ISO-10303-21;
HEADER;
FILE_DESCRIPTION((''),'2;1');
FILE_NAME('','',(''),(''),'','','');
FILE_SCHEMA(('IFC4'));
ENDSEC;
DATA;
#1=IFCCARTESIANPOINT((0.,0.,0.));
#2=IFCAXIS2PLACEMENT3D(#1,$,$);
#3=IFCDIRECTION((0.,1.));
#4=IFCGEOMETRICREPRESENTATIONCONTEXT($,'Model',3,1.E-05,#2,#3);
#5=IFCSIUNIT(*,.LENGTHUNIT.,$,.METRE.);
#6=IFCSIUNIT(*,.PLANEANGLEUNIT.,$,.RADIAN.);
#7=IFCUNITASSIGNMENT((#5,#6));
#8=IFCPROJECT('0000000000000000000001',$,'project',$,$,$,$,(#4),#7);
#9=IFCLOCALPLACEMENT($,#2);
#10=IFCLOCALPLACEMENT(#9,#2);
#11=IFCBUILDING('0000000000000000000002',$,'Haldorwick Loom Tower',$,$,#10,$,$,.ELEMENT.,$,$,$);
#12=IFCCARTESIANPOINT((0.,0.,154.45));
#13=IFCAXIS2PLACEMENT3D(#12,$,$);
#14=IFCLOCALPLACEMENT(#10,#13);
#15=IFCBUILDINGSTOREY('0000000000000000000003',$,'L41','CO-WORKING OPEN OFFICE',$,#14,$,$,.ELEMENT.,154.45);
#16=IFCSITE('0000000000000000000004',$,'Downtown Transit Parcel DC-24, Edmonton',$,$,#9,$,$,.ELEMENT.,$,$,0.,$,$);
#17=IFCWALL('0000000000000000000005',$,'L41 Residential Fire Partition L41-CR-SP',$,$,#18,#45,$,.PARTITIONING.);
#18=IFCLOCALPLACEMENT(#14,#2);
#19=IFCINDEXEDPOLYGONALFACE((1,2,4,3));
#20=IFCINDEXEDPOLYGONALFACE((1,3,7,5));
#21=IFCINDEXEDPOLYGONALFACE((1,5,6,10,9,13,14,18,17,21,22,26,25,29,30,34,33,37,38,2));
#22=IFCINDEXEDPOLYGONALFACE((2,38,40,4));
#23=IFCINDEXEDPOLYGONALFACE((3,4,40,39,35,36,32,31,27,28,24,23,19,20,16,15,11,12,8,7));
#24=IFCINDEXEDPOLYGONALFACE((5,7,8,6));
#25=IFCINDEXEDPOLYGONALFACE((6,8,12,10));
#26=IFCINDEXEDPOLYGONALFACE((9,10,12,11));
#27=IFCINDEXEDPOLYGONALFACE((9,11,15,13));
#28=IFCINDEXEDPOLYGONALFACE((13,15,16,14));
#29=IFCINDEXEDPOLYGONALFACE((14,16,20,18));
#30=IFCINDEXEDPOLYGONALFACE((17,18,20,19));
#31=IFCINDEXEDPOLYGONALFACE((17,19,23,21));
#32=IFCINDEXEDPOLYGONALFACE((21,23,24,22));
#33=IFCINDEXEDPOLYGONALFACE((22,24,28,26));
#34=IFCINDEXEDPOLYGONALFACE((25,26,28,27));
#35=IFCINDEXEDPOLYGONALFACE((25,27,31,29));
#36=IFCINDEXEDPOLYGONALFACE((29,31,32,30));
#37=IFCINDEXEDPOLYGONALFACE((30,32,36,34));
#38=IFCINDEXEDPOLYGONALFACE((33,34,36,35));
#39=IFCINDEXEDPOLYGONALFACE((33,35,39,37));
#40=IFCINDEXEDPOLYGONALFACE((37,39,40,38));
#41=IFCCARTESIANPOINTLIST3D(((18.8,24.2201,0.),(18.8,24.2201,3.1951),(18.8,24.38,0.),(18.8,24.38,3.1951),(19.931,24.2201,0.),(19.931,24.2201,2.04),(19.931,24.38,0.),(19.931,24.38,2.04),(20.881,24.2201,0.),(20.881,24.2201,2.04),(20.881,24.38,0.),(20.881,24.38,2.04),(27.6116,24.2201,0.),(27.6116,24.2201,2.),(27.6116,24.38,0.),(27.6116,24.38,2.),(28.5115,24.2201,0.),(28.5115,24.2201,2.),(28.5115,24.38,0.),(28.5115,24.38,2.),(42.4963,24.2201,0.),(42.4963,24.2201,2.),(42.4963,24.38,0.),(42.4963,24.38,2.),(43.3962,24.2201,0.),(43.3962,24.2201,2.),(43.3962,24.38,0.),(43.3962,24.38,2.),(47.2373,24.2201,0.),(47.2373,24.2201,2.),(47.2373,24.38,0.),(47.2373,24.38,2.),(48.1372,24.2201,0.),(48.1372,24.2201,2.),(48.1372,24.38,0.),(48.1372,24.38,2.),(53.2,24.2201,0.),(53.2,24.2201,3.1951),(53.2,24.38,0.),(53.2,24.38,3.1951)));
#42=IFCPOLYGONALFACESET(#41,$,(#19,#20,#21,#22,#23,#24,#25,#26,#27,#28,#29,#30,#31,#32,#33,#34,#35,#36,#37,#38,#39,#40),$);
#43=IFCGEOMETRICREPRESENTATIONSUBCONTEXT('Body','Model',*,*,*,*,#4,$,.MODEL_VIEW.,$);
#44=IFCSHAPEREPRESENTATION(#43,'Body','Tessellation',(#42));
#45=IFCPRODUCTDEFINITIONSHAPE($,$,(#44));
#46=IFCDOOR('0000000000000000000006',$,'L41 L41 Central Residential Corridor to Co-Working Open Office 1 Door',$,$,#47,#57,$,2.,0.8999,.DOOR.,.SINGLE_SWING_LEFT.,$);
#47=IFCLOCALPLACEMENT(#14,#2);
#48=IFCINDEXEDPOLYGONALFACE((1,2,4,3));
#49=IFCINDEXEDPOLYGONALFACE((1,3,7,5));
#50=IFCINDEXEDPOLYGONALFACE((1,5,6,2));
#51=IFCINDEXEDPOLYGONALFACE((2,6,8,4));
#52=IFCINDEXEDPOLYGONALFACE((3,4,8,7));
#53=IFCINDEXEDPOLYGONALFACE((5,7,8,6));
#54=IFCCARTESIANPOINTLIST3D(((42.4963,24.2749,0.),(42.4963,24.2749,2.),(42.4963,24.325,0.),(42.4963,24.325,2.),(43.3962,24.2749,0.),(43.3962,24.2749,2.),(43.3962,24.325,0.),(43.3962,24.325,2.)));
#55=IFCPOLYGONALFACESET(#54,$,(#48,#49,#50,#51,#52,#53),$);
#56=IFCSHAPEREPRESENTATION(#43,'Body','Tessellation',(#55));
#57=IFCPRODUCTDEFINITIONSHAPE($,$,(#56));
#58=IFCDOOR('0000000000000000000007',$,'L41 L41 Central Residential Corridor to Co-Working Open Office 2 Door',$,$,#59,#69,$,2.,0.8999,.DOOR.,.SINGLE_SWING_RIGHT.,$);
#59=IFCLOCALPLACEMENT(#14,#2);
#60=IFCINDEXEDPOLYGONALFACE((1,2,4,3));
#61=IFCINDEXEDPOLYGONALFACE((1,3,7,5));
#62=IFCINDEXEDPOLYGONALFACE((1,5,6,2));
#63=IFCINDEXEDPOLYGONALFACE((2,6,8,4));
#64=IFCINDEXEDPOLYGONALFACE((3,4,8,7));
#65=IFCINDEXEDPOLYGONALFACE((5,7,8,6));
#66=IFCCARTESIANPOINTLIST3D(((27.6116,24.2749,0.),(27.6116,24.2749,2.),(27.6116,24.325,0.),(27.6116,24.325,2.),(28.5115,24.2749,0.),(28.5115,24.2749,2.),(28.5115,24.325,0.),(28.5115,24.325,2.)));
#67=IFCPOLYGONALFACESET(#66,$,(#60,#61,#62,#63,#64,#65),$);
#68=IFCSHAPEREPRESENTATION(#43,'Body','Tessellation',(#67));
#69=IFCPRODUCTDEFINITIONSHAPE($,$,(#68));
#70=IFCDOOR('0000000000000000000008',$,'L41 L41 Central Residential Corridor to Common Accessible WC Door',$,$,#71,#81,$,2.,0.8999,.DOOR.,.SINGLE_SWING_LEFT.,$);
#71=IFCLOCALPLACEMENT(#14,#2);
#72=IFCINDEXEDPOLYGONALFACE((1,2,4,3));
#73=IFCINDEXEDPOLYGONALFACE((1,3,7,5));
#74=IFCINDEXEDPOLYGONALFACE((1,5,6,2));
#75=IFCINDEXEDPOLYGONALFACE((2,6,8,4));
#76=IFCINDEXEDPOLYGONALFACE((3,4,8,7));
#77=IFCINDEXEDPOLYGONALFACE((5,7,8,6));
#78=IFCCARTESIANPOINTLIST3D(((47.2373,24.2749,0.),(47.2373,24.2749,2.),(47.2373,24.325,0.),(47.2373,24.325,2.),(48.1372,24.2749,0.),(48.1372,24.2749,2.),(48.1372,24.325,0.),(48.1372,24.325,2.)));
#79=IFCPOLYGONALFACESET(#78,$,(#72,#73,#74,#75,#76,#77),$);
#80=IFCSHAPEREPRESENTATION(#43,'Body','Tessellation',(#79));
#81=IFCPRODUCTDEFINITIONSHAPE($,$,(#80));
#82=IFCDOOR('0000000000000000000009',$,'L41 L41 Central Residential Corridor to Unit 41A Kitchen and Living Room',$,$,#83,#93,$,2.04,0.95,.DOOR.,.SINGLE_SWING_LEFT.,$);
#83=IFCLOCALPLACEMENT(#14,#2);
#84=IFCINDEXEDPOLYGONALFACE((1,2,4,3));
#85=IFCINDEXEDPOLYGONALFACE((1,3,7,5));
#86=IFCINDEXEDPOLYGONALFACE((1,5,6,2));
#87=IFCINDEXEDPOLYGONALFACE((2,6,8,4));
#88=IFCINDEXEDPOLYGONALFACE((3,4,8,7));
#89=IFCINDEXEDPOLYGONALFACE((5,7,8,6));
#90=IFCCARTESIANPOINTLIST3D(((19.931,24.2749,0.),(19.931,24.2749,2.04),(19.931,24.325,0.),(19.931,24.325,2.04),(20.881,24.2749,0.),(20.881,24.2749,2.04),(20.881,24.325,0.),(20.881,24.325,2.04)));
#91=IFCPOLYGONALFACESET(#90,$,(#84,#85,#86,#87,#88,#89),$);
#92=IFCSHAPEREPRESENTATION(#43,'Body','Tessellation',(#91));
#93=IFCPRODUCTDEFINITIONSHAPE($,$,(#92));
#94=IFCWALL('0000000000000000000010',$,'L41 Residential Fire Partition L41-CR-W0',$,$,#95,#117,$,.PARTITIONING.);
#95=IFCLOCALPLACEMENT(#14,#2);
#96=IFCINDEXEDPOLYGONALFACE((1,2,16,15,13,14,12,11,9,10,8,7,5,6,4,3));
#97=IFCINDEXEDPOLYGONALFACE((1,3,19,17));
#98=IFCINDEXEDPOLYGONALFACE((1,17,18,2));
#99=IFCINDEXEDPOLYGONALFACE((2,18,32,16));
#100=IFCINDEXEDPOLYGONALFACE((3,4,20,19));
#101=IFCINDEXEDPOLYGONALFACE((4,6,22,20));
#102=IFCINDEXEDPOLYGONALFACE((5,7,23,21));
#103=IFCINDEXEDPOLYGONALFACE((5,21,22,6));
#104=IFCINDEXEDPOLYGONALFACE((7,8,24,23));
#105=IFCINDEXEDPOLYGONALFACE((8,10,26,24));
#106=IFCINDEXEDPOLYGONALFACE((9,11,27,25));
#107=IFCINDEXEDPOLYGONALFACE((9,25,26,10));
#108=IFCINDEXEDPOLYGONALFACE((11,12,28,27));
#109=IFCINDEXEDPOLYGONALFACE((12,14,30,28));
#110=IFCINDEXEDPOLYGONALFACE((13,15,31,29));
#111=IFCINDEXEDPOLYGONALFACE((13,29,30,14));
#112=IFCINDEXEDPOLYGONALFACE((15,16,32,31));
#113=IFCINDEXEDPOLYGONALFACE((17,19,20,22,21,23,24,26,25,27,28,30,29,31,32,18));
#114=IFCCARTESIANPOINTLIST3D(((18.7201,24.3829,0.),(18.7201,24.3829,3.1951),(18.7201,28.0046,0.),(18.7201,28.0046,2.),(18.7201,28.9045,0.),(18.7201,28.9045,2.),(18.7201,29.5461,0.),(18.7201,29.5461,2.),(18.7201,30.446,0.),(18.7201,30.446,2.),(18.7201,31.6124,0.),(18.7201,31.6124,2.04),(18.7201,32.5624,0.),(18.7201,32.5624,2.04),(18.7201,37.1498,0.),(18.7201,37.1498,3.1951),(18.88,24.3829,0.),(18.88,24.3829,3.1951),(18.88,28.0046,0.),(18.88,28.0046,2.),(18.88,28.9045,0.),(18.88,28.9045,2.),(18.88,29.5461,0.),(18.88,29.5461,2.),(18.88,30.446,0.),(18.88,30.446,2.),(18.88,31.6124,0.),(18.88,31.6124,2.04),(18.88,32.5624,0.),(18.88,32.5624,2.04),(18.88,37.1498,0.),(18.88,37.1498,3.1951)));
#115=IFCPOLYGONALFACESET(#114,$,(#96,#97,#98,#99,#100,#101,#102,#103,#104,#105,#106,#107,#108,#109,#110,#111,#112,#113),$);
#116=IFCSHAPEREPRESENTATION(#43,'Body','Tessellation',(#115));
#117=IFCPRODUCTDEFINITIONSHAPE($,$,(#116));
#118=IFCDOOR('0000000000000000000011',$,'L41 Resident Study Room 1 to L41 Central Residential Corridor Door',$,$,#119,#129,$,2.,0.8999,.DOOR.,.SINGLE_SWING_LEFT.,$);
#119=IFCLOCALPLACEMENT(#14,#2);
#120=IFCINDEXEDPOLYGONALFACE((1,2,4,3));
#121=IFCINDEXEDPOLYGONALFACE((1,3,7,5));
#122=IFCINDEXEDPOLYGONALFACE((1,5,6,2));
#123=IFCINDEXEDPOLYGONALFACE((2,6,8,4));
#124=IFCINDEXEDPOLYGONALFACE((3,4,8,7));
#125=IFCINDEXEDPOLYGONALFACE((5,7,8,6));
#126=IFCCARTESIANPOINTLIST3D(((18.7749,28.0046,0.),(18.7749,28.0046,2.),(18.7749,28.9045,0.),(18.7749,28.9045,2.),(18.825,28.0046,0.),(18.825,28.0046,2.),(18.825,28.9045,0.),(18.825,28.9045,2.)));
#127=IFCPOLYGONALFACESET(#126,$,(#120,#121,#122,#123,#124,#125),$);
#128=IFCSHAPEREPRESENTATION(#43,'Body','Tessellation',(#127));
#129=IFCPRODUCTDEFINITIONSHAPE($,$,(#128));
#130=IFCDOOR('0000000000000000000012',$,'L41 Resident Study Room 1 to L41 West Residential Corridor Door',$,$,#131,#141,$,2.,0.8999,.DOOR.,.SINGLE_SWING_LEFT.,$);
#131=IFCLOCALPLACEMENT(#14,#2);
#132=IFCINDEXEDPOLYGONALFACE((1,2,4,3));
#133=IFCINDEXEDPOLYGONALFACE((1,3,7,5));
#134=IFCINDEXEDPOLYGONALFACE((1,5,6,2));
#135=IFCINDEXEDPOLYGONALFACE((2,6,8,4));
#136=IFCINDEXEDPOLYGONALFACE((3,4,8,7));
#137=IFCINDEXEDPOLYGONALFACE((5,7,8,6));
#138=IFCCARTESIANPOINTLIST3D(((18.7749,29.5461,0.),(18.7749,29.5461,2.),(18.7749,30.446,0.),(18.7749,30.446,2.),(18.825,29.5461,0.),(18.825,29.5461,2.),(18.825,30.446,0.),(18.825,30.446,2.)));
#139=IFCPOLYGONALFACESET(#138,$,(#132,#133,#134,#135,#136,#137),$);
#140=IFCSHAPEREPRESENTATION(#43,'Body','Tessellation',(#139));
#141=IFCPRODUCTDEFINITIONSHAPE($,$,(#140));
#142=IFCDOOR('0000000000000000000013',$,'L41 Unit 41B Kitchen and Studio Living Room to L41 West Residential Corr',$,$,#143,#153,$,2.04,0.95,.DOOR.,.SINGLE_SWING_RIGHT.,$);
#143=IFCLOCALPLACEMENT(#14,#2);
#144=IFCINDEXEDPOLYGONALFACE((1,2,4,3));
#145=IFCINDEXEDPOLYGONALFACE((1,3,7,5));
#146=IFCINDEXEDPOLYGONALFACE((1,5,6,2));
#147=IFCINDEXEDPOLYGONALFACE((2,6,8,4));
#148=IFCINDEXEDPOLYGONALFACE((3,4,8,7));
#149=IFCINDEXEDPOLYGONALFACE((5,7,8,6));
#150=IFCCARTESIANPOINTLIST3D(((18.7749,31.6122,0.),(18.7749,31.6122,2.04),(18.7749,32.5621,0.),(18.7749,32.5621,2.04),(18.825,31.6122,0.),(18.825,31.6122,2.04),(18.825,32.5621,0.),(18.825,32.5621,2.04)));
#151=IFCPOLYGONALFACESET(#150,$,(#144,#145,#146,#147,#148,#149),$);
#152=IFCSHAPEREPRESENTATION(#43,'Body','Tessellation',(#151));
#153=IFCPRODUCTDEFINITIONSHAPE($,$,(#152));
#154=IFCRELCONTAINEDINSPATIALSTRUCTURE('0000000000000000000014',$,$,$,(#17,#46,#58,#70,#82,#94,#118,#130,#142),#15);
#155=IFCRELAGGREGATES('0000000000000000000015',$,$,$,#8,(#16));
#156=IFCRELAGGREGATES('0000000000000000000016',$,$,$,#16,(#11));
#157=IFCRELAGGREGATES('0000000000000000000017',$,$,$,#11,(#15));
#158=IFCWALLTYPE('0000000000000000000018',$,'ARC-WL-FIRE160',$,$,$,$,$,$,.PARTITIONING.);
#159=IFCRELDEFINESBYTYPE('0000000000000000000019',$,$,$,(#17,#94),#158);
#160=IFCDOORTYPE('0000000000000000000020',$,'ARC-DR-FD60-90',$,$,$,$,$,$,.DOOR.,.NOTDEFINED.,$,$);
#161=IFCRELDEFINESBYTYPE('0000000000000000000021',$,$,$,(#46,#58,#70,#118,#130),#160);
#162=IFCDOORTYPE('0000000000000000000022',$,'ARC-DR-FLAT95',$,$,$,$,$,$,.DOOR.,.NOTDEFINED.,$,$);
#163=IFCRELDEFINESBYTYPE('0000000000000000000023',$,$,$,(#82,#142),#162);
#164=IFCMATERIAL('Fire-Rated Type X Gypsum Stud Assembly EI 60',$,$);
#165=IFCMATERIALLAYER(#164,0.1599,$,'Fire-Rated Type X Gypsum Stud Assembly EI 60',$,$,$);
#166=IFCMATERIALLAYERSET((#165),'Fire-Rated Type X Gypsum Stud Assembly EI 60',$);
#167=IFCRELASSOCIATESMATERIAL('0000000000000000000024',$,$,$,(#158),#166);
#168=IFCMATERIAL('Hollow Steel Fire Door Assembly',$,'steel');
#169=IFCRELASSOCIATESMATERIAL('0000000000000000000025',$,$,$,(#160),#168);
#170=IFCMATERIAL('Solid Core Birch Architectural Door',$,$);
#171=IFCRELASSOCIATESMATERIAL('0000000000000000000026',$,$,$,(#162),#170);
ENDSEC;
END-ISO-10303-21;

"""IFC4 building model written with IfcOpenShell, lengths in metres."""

from ifc_helpers import new_model, si_unit, direction, frame, frame_2d, origin, place, context, subcontext, project, spatial, rectangle, extrude, material, layer, layer_set, type_object, element, fill, save


model = new_model("IFC4")

# Units and contexts
model_context = context("Model", 3, precision=1e-05, world=origin(), true_north=direction((0.0, 1.0)))
body_context = subcontext(model_context, "Body", "Model", "MODEL_VIEW")
ifc_project = project(units=[si_unit("LENGTHUNIT", "METRE"), si_unit("PLANEANGLEUNIT", "RADIAN")], contexts=[model_context])

# Site, building, storey
site_placement = place(None, origin())
site = spatial("IfcSite", under=ifc_project, at=site_placement, Name="Downtown Transit Parcel DC-24, Edmonton", CompositionType="ELEMENT", RefElevation=0.0)
building_placement = place(site_placement, origin())
building = spatial("IfcBuilding", under=site, at=building_placement, Name="Haldorwick Loom Tower", CompositionType="ELEMENT")
storey_placement = place(building_placement, frame((0.0, 0.0, 154.45)))
storey = spatial("IfcBuildingStorey", under=building, at=storey_placement, Name="L41", Description="CO-WORKING OPEN OFFICE", CompositionType="ELEMENT", Elevation=154.45)

# Walls, openings, doors
ifc_material_1 = material(Name="Fire-Rated Type X Gypsum Stud Assembly EI 60")
ifc_layer_1 = layer(ifc_material_1, 0.1599, Name="Fire-Rated Type X Gypsum Stud Assembly EI 60")
ifc_layer_set_1 = layer_set([ifc_layer_1], Name="Fire-Rated Type X Gypsum Stud Assembly EI 60")
wall_type_1 = type_object("IfcWallType", Name="ARC-WL-FIRE160", PredefinedType="PARTITIONING", material=ifc_layer_set_1)
wall_1_placement = place(storey_placement, frame((18.8, 24.3, 0.0), z_axis=(0.0, 0.0, 1.0), x_axis=(1.0, 0.0, 0.0)))
wall_1 = element("IfcWall", 1, at=wall_1_placement, inside=storey, type_object=wall_type_1, Name="L41 Residential Fire Partition L41-CR-SP", PredefinedType="PARTITIONING", context=body_context, shape_type="SweptSolid", body=[
    extrude(rectangle(XDim=34.3999, YDim=0.1599, at=frame_2d((17.2, 0.0))), origin(), (0.0, 0.0, 1.0), 3.1951),
])
opening_1_placement = place(wall_1_placement, frame((23.6963, 0.0, 0.0)))
opening_1 = element("IfcOpeningElement", 2, at=opening_1_placement, cuts=wall_1, PredefinedType="OPENING", context=body_context, shape_type="SweptSolid", body=[
    extrude(rectangle(XDim=0.8999, YDim=2.0, at=frame_2d((0.45, 1.0))), frame((0.0, 0.0898, 0.0), z_axis=(0.0, -1.0, 0.0), x_axis=(1.0, 0.0, 0.0)), (0.0, 0.0, 1.0), 0.1799),
])
opening_2_placement = place(wall_1_placement, frame((8.8115, 0.0, 0.0)))
opening_2 = element("IfcOpeningElement", 3, at=opening_2_placement, cuts=wall_1, PredefinedType="OPENING", context=body_context, shape_type="SweptSolid", body=[
    extrude(rectangle(XDim=0.8999, YDim=2.0, at=frame_2d((0.45, 1.0))), frame((0.0, 0.0898, 0.0), z_axis=(0.0, -1.0, 0.0), x_axis=(1.0, 0.0, 0.0)), (0.0, 0.0, 1.0), 0.1799),
])
opening_3_placement = place(wall_1_placement, frame((28.4373, 0.0, 0.0)))
opening_3 = element("IfcOpeningElement", 4, at=opening_3_placement, cuts=wall_1, PredefinedType="OPENING", context=body_context, shape_type="SweptSolid", body=[
    extrude(rectangle(XDim=0.8999, YDim=2.0, at=frame_2d((0.45, 1.0))), frame((0.0, 0.0898, 0.0), z_axis=(0.0, -1.0, 0.0), x_axis=(1.0, 0.0, 0.0)), (0.0, 0.0, 1.0), 0.1799),
])
opening_4_placement = place(wall_1_placement, frame((1.1309, 0.0, 0.0)))
opening_4 = element("IfcOpeningElement", 5, at=opening_4_placement, cuts=wall_1, PredefinedType="OPENING", context=body_context, shape_type="SweptSolid", body=[
    extrude(rectangle(XDim=0.95, YDim=2.04, at=frame_2d((0.4751, 1.02))), frame((0.0, 0.0898, 0.0), z_axis=(0.0, -1.0, 0.0), x_axis=(1.0, 0.0, 0.0)), (0.0, 0.0, 1.0), 0.1799),
])
ifc_material_2 = material(Name="Hollow Steel Fire Door Assembly", Category="steel")
door_type_1 = type_object("IfcDoorType", Name="ARC-DR-FD60-90", OperationType="NOTDEFINED", PredefinedType="DOOR", material=ifc_material_2)
door_1_placement = place(opening_1_placement, origin())
door_1 = element("IfcDoor", 6, at=door_1_placement, inside=storey, type_object=door_type_1, Name="L41 L41 Central Residential Corridor to Co-Working Open Office 1 Door", OperationType="SINGLE_SWING_LEFT", OverallHeight=2.0, OverallWidth=0.8999, PredefinedType="DOOR", context=body_context, shape_type="SweptSolid", body=[
    extrude(rectangle(XDim=0.8999, YDim=2.0, at=frame_2d((0.45, 1.0))), frame((0.0, 0.0249, 0.0), z_axis=(0.0, -1.0, 0.0), x_axis=(1.0, 0.0, 0.0)), (0.0, 0.0, 1.0), 0.05),
])
fill(opening_1, door_1)
door_2_placement = place(opening_2_placement, origin())
door_2 = element("IfcDoor", 7, at=door_2_placement, inside=storey, type_object=door_type_1, Name="L41 L41 Central Residential Corridor to Co-Working Open Office 2 Door", OperationType="SINGLE_SWING_RIGHT", OverallHeight=2.0, OverallWidth=0.8999, PredefinedType="DOOR", context=body_context, shape_type="SweptSolid", body=[
    extrude(rectangle(XDim=0.8999, YDim=2.0, at=frame_2d((0.45, 1.0))), frame((0.0, 0.0249, 0.0), z_axis=(0.0, -1.0, 0.0), x_axis=(1.0, 0.0, 0.0)), (0.0, 0.0, 1.0), 0.05),
])
fill(opening_2, door_2)
door_3_placement = place(opening_3_placement, origin())
door_3 = element("IfcDoor", 8, at=door_3_placement, inside=storey, type_object=door_type_1, Name="L41 L41 Central Residential Corridor to Common Accessible WC Door", OperationType="SINGLE_SWING_LEFT", OverallHeight=2.0, OverallWidth=0.8999, PredefinedType="DOOR", context=body_context, shape_type="SweptSolid", body=[
    extrude(rectangle(XDim=0.8999, YDim=2.0, at=frame_2d((0.45, 1.0))), frame((0.0, 0.0249, 0.0), z_axis=(0.0, -1.0, 0.0), x_axis=(1.0, 0.0, 0.0)), (0.0, 0.0, 1.0), 0.05),
])
fill(opening_3, door_3)
ifc_material_3 = material(Name="Solid Core Birch Architectural Door")
door_type_2 = type_object("IfcDoorType", Name="ARC-DR-FLAT95", OperationType="NOTDEFINED", PredefinedType="DOOR", material=ifc_material_3)
door_4_placement = place(opening_4_placement, origin())
door_4 = element("IfcDoor", 9, at=door_4_placement, inside=storey, type_object=door_type_2, Name="L41 L41 Central Residential Corridor to Unit 41A Kitchen and Living Room", OperationType="SINGLE_SWING_LEFT", OverallHeight=2.04, OverallWidth=0.95, PredefinedType="DOOR", context=body_context, shape_type="SweptSolid", body=[
    extrude(rectangle(XDim=0.95, YDim=2.04, at=frame_2d((0.4751, 1.02))), frame((0.0, 0.0249, 0.0), z_axis=(0.0, -1.0, 0.0), x_axis=(1.0, 0.0, 0.0)), (0.0, 0.0, 1.0), 0.05),
])
fill(opening_4, door_4)
wall_2_placement = place(storey_placement, frame((18.8, 24.3831, 0.0), z_axis=(0.0, 0.0, 1.0), x_axis=(0.0, 1.0, 0.0)))
wall_2 = element("IfcWall", 10, at=wall_2_placement, inside=storey, type_object=wall_type_1, Name="L41 Residential Fire Partition L41-CR-W0", PredefinedType="PARTITIONING", context=body_context, shape_type="SweptSolid", body=[
    extrude(rectangle(XDim=12.7668, YDim=0.1599, at=frame_2d((6.3833, 0.0))), origin(), (0.0, 0.0, 1.0), 3.1951),
])
opening_5_placement = place(wall_2_placement, frame((3.6216, 0.0, 0.0)))
opening_5 = element("IfcOpeningElement", 11, at=opening_5_placement, cuts=wall_2, PredefinedType="OPENING", context=body_context, shape_type="SweptSolid", body=[
    extrude(rectangle(XDim=0.8999, YDim=2.0, at=frame_2d((0.45, 1.0))), frame((0.0, 0.0898, 0.0), z_axis=(0.0, -1.0, 0.0), x_axis=(1.0, 0.0, 0.0)), (0.0, 0.0, 1.0), 0.1799),
])
opening_6_placement = place(wall_2_placement, frame((7.2292, 0.0, 0.0)))
opening_6 = element("IfcOpeningElement", 12, at=opening_6_placement, cuts=wall_2, PredefinedType="OPENING", context=body_context, shape_type="SweptSolid", body=[
    extrude(rectangle(XDim=0.95, YDim=2.04, at=frame_2d((0.4751, 1.02))), frame((0.0, 0.0898, 0.0), z_axis=(0.0, -1.0, 0.0), x_axis=(1.0, 0.0, 0.0)), (0.0, 0.0, 1.0), 0.1799),
])
opening_7_placement = place(wall_2_placement, frame((5.1631, 0.0, 0.0)))
opening_7 = element("IfcOpeningElement", 13, at=opening_7_placement, cuts=wall_2, PredefinedType="OPENING", context=body_context, shape_type="SweptSolid", body=[
    extrude(rectangle(XDim=0.8999, YDim=2.0, at=frame_2d((0.45, 1.0))), frame((0.0, 0.0898, 0.0), z_axis=(0.0, -1.0, 0.0), x_axis=(1.0, 0.0, 0.0)), (0.0, 0.0, 1.0), 0.1799),
])
door_5_placement = place(opening_5_placement, frame((0.8999, 0.0, 0.0), z_axis=(0.0, 0.0, 1.0), x_axis=(-1.0, 0.0, 0.0)))
door_5 = element("IfcDoor", 14, at=door_5_placement, inside=storey, type_object=door_type_1, Name="L41 Resident Study Room 1 to L41 Central Residential Corridor Door", OperationType="SINGLE_SWING_LEFT", OverallHeight=2.0, OverallWidth=0.8999, PredefinedType="DOOR", context=body_context, shape_type="SweptSolid", body=[
    extrude(rectangle(XDim=0.8999, YDim=2.0, at=frame_2d((0.45, 1.0))), frame((0.0, 0.0249, 0.0), z_axis=(0.0, -1.0, 0.0), x_axis=(1.0, 0.0, 0.0)), (0.0, 0.0, 1.0), 0.05),
])
fill(opening_5, door_5)
door_6_placement = place(opening_7_placement, frame((0.8999, 0.0, 0.0), z_axis=(0.0, 0.0, 1.0), x_axis=(-1.0, 0.0, 0.0)))
door_6 = element("IfcDoor", 15, at=door_6_placement, inside=storey, type_object=door_type_1, Name="L41 Resident Study Room 1 to L41 West Residential Corridor Door", OperationType="SINGLE_SWING_LEFT", OverallHeight=2.0, OverallWidth=0.8999, PredefinedType="DOOR", context=body_context, shape_type="SweptSolid", body=[
    extrude(rectangle(XDim=0.8999, YDim=2.0, at=frame_2d((0.45, 1.0))), frame((0.0, 0.0249, 0.0), z_axis=(0.0, -1.0, 0.0), x_axis=(1.0, 0.0, 0.0)), (0.0, 0.0, 1.0), 0.05),
])
fill(opening_7, door_6)
door_7_placement = place(opening_6_placement, frame((0.95, 0.0, 0.0), z_axis=(0.0, 0.0, 1.0), x_axis=(-1.0, 0.0, 0.0)))
door_7 = element("IfcDoor", 16, at=door_7_placement, inside=storey, type_object=door_type_2, Name="L41 Unit 41B Kitchen and Studio Living Room to L41 West Residential Corr", OperationType="SINGLE_SWING_RIGHT", OverallHeight=2.04, OverallWidth=0.95, PredefinedType="DOOR", context=body_context, shape_type="SweptSolid", body=[
    extrude(rectangle(XDim=0.95, YDim=2.04, at=frame_2d((0.4751, 1.02))), frame((0.0, 0.0249, 0.0), z_axis=(0.0, -1.0, 0.0), x_axis=(1.0, 0.0, 0.0)), (0.0, 0.0, 1.0), 0.05),
])
fill(opening_6, door_7)

save(model, "model.ifc")
